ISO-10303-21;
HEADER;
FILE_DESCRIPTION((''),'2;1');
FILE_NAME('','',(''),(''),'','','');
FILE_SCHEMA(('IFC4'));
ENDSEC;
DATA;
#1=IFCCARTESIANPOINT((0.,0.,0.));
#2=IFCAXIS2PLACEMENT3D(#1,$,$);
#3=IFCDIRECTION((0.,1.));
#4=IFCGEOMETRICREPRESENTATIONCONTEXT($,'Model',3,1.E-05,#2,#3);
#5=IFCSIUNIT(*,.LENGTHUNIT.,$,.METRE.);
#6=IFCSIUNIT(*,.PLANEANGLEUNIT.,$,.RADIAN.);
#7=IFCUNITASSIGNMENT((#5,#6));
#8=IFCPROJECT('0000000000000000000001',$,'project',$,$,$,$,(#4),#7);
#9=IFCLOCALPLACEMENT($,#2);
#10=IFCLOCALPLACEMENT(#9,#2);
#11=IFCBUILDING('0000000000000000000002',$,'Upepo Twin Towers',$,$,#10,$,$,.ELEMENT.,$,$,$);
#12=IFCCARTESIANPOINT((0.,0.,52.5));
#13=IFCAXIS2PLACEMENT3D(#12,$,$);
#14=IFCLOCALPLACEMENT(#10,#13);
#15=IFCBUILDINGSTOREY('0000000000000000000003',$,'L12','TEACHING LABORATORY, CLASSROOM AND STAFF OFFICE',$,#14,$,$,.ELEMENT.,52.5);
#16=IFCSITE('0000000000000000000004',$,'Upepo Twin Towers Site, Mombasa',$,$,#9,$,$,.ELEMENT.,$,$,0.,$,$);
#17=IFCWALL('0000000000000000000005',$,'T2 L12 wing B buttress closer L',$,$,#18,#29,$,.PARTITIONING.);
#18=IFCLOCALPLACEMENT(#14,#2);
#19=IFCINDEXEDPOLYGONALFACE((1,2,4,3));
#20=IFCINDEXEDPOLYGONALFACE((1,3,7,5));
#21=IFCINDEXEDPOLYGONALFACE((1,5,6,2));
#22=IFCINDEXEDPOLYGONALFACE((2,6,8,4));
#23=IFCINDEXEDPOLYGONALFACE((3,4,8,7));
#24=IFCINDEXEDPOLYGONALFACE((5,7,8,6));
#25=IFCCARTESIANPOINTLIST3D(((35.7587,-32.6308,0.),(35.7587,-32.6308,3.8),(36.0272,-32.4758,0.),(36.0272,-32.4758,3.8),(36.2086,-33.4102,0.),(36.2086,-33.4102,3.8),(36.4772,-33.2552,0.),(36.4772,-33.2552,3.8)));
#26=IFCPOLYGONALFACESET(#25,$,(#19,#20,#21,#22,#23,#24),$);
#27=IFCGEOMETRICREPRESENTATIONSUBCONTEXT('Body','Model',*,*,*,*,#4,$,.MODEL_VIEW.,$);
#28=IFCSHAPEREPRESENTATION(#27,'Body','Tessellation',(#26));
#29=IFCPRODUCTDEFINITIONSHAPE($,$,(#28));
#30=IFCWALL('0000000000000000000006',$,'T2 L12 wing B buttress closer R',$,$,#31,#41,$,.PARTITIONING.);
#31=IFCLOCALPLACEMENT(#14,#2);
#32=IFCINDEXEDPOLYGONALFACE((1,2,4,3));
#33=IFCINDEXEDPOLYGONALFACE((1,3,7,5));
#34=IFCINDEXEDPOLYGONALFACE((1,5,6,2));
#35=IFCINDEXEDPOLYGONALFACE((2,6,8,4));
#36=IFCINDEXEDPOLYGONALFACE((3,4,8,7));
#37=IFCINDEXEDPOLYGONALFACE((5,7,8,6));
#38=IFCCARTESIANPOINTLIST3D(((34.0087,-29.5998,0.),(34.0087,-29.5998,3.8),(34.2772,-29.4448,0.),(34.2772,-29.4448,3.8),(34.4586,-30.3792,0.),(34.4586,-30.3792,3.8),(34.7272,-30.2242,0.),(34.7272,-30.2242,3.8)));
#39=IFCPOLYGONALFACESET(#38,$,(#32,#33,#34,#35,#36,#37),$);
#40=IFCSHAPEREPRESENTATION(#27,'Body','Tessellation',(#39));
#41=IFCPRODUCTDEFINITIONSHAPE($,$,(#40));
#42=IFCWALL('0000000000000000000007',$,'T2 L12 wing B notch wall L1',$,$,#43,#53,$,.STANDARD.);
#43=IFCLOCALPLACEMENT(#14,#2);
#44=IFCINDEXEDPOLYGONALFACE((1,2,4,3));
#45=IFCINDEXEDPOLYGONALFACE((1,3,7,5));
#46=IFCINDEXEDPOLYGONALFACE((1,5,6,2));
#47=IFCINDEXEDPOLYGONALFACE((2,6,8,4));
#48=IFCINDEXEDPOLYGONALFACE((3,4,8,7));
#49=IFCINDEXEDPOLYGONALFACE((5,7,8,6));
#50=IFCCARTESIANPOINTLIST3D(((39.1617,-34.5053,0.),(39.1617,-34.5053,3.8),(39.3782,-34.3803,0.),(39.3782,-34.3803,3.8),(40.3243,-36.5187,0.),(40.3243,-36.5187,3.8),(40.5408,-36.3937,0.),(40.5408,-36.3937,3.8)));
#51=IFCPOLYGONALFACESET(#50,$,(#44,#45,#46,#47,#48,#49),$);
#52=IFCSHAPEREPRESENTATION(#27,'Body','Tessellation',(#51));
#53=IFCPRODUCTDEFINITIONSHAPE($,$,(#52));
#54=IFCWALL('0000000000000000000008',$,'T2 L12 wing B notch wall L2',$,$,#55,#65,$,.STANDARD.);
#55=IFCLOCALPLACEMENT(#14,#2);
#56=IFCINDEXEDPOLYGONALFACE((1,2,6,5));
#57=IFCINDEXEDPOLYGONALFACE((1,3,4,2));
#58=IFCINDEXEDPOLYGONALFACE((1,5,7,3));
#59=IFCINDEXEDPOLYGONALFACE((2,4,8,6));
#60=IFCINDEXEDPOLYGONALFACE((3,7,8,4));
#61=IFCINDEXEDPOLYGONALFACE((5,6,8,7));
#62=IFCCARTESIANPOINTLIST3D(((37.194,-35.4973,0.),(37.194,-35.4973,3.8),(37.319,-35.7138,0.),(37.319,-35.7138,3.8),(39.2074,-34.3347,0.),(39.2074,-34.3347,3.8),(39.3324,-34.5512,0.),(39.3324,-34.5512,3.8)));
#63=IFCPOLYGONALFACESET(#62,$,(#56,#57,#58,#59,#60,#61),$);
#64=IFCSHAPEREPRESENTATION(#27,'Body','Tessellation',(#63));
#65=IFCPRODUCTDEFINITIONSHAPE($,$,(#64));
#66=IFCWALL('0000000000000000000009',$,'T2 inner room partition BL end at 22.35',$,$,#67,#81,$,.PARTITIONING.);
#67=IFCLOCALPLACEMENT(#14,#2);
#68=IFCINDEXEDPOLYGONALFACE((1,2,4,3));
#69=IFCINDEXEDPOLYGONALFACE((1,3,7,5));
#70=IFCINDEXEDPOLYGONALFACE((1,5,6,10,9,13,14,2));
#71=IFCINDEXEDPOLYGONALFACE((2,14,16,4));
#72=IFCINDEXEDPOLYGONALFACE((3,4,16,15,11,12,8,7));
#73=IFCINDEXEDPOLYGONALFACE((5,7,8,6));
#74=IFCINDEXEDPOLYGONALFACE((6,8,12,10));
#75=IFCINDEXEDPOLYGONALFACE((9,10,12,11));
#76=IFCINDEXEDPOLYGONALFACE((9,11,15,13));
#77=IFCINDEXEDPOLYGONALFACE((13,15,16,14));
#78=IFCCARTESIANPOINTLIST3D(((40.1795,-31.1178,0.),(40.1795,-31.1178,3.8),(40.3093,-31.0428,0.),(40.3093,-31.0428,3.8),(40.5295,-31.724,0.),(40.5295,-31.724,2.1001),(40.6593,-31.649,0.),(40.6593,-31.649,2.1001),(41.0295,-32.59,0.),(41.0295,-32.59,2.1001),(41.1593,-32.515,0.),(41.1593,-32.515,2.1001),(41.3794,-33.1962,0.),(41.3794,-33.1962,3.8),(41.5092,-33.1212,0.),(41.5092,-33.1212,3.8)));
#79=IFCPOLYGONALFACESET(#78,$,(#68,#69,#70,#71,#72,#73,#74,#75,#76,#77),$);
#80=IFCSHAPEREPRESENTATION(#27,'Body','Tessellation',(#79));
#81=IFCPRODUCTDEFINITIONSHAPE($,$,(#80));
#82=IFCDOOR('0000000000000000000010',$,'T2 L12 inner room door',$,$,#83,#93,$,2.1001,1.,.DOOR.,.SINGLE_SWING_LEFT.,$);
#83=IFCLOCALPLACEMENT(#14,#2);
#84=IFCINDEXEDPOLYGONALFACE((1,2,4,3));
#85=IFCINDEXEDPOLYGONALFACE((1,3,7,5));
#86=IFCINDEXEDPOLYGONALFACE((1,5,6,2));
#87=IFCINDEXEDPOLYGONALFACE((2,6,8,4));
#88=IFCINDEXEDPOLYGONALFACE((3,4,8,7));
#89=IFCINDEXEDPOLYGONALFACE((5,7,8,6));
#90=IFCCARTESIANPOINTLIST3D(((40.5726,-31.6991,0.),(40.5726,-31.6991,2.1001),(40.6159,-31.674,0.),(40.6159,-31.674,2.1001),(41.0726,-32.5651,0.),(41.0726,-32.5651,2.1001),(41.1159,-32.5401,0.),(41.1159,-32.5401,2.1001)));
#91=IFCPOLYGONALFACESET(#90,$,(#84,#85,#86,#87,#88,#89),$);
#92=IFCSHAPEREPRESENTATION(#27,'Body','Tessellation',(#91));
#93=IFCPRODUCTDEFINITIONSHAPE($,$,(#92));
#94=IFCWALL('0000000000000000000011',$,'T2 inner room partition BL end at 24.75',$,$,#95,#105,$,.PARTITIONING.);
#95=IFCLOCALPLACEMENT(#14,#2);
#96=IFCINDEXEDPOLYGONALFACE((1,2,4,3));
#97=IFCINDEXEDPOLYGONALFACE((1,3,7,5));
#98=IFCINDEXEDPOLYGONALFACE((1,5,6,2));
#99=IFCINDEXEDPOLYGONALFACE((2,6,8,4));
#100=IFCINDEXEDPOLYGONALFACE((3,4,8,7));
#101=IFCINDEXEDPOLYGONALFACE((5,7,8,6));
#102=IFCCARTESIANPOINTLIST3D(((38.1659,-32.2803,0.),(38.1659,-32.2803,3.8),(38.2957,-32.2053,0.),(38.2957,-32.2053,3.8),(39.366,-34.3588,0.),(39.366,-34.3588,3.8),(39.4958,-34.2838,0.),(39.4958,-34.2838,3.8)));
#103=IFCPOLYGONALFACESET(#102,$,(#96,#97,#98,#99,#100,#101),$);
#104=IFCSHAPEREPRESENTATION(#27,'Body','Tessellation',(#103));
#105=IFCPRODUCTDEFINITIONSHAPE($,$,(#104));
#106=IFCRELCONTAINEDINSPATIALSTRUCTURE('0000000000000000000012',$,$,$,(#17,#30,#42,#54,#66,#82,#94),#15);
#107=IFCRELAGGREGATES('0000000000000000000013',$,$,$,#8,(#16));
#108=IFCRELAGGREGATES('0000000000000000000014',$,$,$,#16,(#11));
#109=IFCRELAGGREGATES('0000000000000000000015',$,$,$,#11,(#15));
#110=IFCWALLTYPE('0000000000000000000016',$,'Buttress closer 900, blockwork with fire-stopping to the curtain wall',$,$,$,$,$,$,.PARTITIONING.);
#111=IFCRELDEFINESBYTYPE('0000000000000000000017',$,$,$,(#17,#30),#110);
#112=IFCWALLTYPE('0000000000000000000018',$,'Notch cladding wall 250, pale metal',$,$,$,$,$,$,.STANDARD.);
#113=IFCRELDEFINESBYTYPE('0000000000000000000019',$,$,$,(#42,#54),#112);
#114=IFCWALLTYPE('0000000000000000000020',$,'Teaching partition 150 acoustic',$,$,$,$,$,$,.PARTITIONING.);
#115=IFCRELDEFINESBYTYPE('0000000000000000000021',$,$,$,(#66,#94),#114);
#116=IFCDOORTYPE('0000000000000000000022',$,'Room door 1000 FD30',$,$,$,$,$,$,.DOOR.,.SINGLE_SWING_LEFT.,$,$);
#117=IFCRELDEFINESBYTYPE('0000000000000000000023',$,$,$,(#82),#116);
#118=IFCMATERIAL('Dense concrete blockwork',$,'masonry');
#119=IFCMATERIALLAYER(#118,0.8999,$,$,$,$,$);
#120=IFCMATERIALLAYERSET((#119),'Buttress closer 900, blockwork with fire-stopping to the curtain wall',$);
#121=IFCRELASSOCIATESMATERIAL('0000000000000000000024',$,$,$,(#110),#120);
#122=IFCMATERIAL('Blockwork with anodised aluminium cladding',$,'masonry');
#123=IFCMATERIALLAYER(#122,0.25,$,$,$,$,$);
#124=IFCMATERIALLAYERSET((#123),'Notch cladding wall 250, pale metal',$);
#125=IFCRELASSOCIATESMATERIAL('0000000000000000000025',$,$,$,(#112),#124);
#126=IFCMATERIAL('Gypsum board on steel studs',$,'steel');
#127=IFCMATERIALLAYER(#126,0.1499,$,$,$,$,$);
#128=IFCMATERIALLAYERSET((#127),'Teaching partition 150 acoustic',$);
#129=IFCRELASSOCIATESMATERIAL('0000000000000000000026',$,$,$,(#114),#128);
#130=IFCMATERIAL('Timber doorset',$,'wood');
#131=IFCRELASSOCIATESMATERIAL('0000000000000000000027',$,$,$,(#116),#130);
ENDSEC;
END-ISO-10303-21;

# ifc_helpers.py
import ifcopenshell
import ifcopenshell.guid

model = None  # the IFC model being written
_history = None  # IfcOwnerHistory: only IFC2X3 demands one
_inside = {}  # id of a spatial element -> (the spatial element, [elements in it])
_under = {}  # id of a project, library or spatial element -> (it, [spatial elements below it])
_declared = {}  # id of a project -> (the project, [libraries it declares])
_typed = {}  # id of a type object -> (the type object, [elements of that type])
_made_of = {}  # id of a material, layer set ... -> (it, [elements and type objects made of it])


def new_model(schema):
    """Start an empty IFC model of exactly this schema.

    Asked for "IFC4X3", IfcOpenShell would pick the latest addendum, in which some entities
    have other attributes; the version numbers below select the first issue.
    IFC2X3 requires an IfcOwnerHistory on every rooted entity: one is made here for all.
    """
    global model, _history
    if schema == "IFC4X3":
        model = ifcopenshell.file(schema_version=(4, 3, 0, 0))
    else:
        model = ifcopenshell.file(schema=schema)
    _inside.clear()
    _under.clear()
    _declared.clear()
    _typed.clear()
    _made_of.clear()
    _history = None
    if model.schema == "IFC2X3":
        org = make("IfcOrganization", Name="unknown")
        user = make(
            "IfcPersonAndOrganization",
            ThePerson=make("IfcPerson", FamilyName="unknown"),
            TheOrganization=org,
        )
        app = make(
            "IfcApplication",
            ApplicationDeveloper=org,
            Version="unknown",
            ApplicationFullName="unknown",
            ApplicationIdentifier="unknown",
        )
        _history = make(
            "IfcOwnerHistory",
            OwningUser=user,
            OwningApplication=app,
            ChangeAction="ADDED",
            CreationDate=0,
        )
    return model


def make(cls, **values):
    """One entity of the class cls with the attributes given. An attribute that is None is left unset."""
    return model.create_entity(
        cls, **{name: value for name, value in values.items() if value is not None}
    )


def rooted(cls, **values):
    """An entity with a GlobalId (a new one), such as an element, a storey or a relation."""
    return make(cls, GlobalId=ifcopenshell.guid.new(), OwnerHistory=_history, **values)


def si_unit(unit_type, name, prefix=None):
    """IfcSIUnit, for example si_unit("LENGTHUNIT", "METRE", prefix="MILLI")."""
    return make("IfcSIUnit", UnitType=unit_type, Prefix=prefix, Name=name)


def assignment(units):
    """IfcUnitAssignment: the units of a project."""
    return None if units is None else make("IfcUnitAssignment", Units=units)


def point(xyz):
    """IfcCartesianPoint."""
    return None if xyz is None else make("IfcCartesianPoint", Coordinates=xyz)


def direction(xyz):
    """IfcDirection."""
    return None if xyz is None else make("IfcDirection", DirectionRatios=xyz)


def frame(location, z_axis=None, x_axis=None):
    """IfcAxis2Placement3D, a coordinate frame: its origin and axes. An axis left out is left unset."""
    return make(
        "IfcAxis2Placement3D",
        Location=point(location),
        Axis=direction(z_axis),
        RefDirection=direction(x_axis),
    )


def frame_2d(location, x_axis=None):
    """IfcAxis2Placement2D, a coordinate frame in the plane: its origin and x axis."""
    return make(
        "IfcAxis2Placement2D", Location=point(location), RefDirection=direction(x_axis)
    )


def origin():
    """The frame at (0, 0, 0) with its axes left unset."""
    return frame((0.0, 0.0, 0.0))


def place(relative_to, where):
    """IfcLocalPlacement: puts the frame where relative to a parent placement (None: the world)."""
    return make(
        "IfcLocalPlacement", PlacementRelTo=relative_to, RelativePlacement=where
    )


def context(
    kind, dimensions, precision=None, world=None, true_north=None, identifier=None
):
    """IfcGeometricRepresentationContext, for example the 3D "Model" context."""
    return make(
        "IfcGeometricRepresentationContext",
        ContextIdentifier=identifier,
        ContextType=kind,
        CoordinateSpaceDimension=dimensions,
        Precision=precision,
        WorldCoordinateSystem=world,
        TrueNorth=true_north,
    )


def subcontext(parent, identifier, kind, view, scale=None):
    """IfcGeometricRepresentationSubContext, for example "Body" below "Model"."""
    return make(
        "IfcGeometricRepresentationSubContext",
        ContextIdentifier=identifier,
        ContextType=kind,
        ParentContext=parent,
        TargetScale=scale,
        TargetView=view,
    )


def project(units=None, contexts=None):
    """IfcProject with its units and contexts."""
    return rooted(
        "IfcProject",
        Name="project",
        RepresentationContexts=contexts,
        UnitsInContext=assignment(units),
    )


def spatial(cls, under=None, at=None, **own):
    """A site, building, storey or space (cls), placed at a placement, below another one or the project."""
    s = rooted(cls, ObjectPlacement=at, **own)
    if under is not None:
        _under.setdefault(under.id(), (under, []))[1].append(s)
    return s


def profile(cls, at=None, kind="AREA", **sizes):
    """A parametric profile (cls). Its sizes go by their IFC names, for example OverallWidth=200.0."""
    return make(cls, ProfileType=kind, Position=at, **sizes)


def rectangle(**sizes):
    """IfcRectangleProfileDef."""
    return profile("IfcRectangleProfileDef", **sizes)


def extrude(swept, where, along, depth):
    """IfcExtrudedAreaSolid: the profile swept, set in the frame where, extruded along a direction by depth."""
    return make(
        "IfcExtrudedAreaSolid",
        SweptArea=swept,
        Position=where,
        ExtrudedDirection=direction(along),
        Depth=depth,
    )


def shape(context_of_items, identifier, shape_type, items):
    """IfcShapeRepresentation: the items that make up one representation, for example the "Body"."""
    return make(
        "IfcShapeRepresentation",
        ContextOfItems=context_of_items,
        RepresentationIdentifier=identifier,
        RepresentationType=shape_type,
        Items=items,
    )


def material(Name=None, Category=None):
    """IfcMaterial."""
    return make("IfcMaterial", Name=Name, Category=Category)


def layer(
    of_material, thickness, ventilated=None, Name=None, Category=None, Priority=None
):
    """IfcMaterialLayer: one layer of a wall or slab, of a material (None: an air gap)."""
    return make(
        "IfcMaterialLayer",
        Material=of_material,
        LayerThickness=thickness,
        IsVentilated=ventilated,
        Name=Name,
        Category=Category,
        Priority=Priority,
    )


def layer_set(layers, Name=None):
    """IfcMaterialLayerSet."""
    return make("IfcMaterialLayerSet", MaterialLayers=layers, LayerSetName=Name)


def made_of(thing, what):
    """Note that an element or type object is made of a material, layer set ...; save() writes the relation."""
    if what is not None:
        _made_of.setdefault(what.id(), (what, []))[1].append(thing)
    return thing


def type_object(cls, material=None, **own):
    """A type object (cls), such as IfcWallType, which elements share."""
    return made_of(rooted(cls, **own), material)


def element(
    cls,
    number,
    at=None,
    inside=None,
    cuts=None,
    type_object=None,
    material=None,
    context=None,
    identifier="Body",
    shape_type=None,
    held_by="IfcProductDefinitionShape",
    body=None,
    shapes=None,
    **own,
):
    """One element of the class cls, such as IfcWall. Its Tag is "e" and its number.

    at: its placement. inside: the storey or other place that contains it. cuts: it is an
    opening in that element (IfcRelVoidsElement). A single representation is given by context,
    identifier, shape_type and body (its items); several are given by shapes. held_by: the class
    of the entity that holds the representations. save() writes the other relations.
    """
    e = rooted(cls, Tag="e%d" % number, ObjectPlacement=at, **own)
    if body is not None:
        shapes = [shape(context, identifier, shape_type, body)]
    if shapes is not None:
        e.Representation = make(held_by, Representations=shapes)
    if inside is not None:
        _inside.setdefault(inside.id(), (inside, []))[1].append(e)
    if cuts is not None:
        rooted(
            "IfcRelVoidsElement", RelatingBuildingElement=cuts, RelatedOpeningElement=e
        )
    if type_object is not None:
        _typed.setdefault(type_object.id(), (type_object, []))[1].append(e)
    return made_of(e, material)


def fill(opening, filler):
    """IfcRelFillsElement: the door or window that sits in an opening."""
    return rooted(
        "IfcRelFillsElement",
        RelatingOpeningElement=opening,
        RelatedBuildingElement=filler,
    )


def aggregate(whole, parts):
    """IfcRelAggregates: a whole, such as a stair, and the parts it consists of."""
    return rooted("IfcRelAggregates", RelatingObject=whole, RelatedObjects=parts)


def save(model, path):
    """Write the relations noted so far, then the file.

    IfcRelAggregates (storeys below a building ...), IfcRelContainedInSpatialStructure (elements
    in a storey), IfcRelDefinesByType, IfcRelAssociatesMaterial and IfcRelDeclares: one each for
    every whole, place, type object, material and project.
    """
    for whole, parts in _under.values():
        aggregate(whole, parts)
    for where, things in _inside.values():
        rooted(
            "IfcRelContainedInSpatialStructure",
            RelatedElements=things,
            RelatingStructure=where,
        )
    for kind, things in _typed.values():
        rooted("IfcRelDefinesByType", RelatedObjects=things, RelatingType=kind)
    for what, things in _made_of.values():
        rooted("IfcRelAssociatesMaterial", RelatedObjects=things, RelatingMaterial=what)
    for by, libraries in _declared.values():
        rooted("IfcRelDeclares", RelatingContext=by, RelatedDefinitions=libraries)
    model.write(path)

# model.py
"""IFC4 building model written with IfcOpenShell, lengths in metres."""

from ifc_helpers import new_model, si_unit, direction, frame, frame_2d, origin, place, context, subcontext, project, spatial, rectangle, extrude, material, layer, layer_set, type_object, element, fill, save


model = new_model("IFC4")

# Units and contexts
model_context = context("Model", 3, precision=1e-05, world=origin(), true_north=direction((0.0, 1.0)))
body_context = subcontext(model_context, "Body", "Model", "MODEL_VIEW")
ifc_project = project(units=[si_unit("LENGTHUNIT", "METRE"), si_unit("PLANEANGLEUNIT", "RADIAN")], contexts=[model_context])

# Site, building, storey
site_placement = place(None, origin())
site = spatial("IfcSite", under=ifc_project, at=site_placement, Name="Upepo Twin Towers Site, Mombasa", CompositionType="ELEMENT", RefElevation=0.0)
building_placement = place(site_placement, origin())
building = spatial("IfcBuilding", under=site, at=building_placement, Name="Upepo Twin Towers", CompositionType="ELEMENT")
storey_placement = place(building_placement, frame((0.0, 0.0, 52.5)))
storey = spatial("IfcBuildingStorey", under=building, at=storey_placement, Name="L12", Description="TEACHING LABORATORY, CLASSROOM AND STAFF OFFICE", CompositionType="ELEMENT", Elevation=52.5)

# Walls
ifc_material_1 = material(Name="Dense concrete blockwork", Category="masonry")
ifc_layer_1 = layer(ifc_material_1, 0.8999)
ifc_layer_set_1 = layer_set([ifc_layer_1], Name="Buttress closer 900, blockwork with fire-stopping to the curtain wall")
wall_type_1 = type_object("IfcWallType", Name="Buttress closer 900, blockwork with fire-stopping to the curtain wall", PredefinedType="PARTITIONING", material=ifc_layer_set_1)
for number, where, z_axis, x_axis, name in (
    (1, (36.2522, -32.8655, 0.0), (0.0, 0.0, 1.0), (-0.866054, -0.49995, 0.0), "T2 L12 wing B buttress closer L"),
    (2, (34.5022, -29.8345, 0.0), (0.0, 0.0, 1.0), (-0.866054, -0.49995, 0.0), "T2 L12 wing B buttress closer R"),
):
    element("IfcWall", number, at=place(storey_placement, frame(where, z_axis=z_axis, x_axis=x_axis)), inside=storey, type_object=wall_type_1, Name=name, PredefinedType="PARTITIONING", context=body_context, shape_type="SweptSolid", body=[
        extrude(rectangle(XDim=0.3101, YDim=0.8999, at=frame_2d((0.155, 0.0))), origin(), (0.0, 0.0, 1.0), 3.8),
    ])
ifc_material_2 = material(Name="Blockwork with anodised aluminium cladding", Category="masonry")
ifc_layer_2 = layer(ifc_material_2, 0.25)
ifc_layer_set_2 = layer_set([ifc_layer_2], Name="Notch cladding wall 250, pale metal")
wall_type_2 = type_object("IfcWallType", Name="Notch cladding wall 250, pale metal", PredefinedType="STANDARD", material=ifc_layer_set_2)
for number, where, z_axis, x_axis, name in (
    (3, (40.4326, -36.4563, 0.0), (0.0, 0.0, 1.0), (-0.500047, 0.865998, 0.0), "T2 L12 wing B notch wall L1"),
    (4, (39.27, -34.4429, 0.0), (0.0, 0.0, 1.0), (-0.865998, -0.500047, 0.0), "T2 L12 wing B notch wall L2"),
):
    element("IfcWall", number, at=place(storey_placement, frame(where, z_axis=z_axis, x_axis=x_axis)), inside=storey, type_object=wall_type_2, Name=name, PredefinedType="STANDARD", context=body_context, shape_type="SweptSolid", body=[
        extrude(rectangle(XDim=2.325, YDim=0.25, at=frame_2d((1.1626, 0.0))), origin(), (0.0, 0.0, 1.0), 3.8),
    ])

# Wall, opening, door
ifc_material_3 = material(Name="Gypsum board on steel studs", Category="steel")
ifc_layer_3 = layer(ifc_material_3, 0.1499)
ifc_layer_set_3 = layer_set([ifc_layer_3], Name="Teaching partition 150 acoustic")
wall_type_3 = type_object("IfcWallType", Name="Teaching partition 150 acoustic", PredefinedType="PARTITIONING", material=ifc_layer_set_3)
wall_1_placement = place(storey_placement, frame((40.2444, -31.0803, 0.0), z_axis=(0.0, 0.0, 1.0), x_axis=(0.500001, -0.866025, 0.0)))
wall_1 = element("IfcWall", 5, at=wall_1_placement, inside=storey, type_object=wall_type_3, Name="T2 inner room partition BL end at 22.35", PredefinedType="PARTITIONING", context=body_context, shape_type="SweptSolid", body=[
    extrude(rectangle(XDim=2.3999, YDim=0.1499, at=frame_2d((1.2, 0.0))), origin(), (0.0, 0.0, 1.0), 3.8),
])
opening_placement = place(wall_1_placement, frame((0.7, 0.0, 0.0)))
opening = element("IfcOpeningElement", 6, at=opening_placement, cuts=wall_1, PredefinedType="OPENING", context=body_context, shape_type="SweptSolid", body=[
    extrude(rectangle(XDim=1.0, YDim=2.1001, at=frame_2d((0.5, 1.05))), frame((0.0, 0.085, 0.0), z_axis=(0.0, -1.0, 0.0), x_axis=(1.0, 0.0, 0.0)), (0.0, 0.0, 1.0), 0.1699),
])
ifc_material_4 = material(Name="Timber doorset", Category="wood")
door_type = type_object("IfcDoorType", Name="Room door 1000 FD30", OperationType="SINGLE_SWING_LEFT", PredefinedType="DOOR", material=ifc_material_4)
door_placement = place(opening_placement, origin())
door = element("IfcDoor", 7, at=door_placement, inside=storey, type_object=door_type, Name="T2 L12 inner room door", OperationType="SINGLE_SWING_LEFT", OverallHeight=2.1001, OverallWidth=1.0, PredefinedType="DOOR", context=body_context, shape_type="SweptSolid", body=[
    extrude(rectangle(XDim=1.0, YDim=2.1001, at=frame_2d((0.5, 1.05))), frame((0.0, 0.0249, 0.0), z_axis=(0.0, -1.0, 0.0), x_axis=(1.0, 0.0, 0.0)), (0.0, 0.0, 1.0), 0.05),
])
fill(opening, door)

# Wall
wall_2_placement = place(storey_placement, frame((38.2307, -32.2427, 0.0), z_axis=(0.0, 0.0, 1.0), x_axis=(0.500034, -0.866006, 0.0)))
element("IfcWall", 8, at=wall_2_placement, inside=storey, type_object=wall_type_3, Name="T2 inner room partition BL end at 24.75", PredefinedType="PARTITIONING", context=body_context, shape_type="SweptSolid", body=[
    extrude(rectangle(XDim=2.4001, YDim=0.1499, at=frame_2d((1.2002, 0.0))), origin(), (0.0, 0.0, 1.0), 3.8),
])

save(model, "model.ifc")
